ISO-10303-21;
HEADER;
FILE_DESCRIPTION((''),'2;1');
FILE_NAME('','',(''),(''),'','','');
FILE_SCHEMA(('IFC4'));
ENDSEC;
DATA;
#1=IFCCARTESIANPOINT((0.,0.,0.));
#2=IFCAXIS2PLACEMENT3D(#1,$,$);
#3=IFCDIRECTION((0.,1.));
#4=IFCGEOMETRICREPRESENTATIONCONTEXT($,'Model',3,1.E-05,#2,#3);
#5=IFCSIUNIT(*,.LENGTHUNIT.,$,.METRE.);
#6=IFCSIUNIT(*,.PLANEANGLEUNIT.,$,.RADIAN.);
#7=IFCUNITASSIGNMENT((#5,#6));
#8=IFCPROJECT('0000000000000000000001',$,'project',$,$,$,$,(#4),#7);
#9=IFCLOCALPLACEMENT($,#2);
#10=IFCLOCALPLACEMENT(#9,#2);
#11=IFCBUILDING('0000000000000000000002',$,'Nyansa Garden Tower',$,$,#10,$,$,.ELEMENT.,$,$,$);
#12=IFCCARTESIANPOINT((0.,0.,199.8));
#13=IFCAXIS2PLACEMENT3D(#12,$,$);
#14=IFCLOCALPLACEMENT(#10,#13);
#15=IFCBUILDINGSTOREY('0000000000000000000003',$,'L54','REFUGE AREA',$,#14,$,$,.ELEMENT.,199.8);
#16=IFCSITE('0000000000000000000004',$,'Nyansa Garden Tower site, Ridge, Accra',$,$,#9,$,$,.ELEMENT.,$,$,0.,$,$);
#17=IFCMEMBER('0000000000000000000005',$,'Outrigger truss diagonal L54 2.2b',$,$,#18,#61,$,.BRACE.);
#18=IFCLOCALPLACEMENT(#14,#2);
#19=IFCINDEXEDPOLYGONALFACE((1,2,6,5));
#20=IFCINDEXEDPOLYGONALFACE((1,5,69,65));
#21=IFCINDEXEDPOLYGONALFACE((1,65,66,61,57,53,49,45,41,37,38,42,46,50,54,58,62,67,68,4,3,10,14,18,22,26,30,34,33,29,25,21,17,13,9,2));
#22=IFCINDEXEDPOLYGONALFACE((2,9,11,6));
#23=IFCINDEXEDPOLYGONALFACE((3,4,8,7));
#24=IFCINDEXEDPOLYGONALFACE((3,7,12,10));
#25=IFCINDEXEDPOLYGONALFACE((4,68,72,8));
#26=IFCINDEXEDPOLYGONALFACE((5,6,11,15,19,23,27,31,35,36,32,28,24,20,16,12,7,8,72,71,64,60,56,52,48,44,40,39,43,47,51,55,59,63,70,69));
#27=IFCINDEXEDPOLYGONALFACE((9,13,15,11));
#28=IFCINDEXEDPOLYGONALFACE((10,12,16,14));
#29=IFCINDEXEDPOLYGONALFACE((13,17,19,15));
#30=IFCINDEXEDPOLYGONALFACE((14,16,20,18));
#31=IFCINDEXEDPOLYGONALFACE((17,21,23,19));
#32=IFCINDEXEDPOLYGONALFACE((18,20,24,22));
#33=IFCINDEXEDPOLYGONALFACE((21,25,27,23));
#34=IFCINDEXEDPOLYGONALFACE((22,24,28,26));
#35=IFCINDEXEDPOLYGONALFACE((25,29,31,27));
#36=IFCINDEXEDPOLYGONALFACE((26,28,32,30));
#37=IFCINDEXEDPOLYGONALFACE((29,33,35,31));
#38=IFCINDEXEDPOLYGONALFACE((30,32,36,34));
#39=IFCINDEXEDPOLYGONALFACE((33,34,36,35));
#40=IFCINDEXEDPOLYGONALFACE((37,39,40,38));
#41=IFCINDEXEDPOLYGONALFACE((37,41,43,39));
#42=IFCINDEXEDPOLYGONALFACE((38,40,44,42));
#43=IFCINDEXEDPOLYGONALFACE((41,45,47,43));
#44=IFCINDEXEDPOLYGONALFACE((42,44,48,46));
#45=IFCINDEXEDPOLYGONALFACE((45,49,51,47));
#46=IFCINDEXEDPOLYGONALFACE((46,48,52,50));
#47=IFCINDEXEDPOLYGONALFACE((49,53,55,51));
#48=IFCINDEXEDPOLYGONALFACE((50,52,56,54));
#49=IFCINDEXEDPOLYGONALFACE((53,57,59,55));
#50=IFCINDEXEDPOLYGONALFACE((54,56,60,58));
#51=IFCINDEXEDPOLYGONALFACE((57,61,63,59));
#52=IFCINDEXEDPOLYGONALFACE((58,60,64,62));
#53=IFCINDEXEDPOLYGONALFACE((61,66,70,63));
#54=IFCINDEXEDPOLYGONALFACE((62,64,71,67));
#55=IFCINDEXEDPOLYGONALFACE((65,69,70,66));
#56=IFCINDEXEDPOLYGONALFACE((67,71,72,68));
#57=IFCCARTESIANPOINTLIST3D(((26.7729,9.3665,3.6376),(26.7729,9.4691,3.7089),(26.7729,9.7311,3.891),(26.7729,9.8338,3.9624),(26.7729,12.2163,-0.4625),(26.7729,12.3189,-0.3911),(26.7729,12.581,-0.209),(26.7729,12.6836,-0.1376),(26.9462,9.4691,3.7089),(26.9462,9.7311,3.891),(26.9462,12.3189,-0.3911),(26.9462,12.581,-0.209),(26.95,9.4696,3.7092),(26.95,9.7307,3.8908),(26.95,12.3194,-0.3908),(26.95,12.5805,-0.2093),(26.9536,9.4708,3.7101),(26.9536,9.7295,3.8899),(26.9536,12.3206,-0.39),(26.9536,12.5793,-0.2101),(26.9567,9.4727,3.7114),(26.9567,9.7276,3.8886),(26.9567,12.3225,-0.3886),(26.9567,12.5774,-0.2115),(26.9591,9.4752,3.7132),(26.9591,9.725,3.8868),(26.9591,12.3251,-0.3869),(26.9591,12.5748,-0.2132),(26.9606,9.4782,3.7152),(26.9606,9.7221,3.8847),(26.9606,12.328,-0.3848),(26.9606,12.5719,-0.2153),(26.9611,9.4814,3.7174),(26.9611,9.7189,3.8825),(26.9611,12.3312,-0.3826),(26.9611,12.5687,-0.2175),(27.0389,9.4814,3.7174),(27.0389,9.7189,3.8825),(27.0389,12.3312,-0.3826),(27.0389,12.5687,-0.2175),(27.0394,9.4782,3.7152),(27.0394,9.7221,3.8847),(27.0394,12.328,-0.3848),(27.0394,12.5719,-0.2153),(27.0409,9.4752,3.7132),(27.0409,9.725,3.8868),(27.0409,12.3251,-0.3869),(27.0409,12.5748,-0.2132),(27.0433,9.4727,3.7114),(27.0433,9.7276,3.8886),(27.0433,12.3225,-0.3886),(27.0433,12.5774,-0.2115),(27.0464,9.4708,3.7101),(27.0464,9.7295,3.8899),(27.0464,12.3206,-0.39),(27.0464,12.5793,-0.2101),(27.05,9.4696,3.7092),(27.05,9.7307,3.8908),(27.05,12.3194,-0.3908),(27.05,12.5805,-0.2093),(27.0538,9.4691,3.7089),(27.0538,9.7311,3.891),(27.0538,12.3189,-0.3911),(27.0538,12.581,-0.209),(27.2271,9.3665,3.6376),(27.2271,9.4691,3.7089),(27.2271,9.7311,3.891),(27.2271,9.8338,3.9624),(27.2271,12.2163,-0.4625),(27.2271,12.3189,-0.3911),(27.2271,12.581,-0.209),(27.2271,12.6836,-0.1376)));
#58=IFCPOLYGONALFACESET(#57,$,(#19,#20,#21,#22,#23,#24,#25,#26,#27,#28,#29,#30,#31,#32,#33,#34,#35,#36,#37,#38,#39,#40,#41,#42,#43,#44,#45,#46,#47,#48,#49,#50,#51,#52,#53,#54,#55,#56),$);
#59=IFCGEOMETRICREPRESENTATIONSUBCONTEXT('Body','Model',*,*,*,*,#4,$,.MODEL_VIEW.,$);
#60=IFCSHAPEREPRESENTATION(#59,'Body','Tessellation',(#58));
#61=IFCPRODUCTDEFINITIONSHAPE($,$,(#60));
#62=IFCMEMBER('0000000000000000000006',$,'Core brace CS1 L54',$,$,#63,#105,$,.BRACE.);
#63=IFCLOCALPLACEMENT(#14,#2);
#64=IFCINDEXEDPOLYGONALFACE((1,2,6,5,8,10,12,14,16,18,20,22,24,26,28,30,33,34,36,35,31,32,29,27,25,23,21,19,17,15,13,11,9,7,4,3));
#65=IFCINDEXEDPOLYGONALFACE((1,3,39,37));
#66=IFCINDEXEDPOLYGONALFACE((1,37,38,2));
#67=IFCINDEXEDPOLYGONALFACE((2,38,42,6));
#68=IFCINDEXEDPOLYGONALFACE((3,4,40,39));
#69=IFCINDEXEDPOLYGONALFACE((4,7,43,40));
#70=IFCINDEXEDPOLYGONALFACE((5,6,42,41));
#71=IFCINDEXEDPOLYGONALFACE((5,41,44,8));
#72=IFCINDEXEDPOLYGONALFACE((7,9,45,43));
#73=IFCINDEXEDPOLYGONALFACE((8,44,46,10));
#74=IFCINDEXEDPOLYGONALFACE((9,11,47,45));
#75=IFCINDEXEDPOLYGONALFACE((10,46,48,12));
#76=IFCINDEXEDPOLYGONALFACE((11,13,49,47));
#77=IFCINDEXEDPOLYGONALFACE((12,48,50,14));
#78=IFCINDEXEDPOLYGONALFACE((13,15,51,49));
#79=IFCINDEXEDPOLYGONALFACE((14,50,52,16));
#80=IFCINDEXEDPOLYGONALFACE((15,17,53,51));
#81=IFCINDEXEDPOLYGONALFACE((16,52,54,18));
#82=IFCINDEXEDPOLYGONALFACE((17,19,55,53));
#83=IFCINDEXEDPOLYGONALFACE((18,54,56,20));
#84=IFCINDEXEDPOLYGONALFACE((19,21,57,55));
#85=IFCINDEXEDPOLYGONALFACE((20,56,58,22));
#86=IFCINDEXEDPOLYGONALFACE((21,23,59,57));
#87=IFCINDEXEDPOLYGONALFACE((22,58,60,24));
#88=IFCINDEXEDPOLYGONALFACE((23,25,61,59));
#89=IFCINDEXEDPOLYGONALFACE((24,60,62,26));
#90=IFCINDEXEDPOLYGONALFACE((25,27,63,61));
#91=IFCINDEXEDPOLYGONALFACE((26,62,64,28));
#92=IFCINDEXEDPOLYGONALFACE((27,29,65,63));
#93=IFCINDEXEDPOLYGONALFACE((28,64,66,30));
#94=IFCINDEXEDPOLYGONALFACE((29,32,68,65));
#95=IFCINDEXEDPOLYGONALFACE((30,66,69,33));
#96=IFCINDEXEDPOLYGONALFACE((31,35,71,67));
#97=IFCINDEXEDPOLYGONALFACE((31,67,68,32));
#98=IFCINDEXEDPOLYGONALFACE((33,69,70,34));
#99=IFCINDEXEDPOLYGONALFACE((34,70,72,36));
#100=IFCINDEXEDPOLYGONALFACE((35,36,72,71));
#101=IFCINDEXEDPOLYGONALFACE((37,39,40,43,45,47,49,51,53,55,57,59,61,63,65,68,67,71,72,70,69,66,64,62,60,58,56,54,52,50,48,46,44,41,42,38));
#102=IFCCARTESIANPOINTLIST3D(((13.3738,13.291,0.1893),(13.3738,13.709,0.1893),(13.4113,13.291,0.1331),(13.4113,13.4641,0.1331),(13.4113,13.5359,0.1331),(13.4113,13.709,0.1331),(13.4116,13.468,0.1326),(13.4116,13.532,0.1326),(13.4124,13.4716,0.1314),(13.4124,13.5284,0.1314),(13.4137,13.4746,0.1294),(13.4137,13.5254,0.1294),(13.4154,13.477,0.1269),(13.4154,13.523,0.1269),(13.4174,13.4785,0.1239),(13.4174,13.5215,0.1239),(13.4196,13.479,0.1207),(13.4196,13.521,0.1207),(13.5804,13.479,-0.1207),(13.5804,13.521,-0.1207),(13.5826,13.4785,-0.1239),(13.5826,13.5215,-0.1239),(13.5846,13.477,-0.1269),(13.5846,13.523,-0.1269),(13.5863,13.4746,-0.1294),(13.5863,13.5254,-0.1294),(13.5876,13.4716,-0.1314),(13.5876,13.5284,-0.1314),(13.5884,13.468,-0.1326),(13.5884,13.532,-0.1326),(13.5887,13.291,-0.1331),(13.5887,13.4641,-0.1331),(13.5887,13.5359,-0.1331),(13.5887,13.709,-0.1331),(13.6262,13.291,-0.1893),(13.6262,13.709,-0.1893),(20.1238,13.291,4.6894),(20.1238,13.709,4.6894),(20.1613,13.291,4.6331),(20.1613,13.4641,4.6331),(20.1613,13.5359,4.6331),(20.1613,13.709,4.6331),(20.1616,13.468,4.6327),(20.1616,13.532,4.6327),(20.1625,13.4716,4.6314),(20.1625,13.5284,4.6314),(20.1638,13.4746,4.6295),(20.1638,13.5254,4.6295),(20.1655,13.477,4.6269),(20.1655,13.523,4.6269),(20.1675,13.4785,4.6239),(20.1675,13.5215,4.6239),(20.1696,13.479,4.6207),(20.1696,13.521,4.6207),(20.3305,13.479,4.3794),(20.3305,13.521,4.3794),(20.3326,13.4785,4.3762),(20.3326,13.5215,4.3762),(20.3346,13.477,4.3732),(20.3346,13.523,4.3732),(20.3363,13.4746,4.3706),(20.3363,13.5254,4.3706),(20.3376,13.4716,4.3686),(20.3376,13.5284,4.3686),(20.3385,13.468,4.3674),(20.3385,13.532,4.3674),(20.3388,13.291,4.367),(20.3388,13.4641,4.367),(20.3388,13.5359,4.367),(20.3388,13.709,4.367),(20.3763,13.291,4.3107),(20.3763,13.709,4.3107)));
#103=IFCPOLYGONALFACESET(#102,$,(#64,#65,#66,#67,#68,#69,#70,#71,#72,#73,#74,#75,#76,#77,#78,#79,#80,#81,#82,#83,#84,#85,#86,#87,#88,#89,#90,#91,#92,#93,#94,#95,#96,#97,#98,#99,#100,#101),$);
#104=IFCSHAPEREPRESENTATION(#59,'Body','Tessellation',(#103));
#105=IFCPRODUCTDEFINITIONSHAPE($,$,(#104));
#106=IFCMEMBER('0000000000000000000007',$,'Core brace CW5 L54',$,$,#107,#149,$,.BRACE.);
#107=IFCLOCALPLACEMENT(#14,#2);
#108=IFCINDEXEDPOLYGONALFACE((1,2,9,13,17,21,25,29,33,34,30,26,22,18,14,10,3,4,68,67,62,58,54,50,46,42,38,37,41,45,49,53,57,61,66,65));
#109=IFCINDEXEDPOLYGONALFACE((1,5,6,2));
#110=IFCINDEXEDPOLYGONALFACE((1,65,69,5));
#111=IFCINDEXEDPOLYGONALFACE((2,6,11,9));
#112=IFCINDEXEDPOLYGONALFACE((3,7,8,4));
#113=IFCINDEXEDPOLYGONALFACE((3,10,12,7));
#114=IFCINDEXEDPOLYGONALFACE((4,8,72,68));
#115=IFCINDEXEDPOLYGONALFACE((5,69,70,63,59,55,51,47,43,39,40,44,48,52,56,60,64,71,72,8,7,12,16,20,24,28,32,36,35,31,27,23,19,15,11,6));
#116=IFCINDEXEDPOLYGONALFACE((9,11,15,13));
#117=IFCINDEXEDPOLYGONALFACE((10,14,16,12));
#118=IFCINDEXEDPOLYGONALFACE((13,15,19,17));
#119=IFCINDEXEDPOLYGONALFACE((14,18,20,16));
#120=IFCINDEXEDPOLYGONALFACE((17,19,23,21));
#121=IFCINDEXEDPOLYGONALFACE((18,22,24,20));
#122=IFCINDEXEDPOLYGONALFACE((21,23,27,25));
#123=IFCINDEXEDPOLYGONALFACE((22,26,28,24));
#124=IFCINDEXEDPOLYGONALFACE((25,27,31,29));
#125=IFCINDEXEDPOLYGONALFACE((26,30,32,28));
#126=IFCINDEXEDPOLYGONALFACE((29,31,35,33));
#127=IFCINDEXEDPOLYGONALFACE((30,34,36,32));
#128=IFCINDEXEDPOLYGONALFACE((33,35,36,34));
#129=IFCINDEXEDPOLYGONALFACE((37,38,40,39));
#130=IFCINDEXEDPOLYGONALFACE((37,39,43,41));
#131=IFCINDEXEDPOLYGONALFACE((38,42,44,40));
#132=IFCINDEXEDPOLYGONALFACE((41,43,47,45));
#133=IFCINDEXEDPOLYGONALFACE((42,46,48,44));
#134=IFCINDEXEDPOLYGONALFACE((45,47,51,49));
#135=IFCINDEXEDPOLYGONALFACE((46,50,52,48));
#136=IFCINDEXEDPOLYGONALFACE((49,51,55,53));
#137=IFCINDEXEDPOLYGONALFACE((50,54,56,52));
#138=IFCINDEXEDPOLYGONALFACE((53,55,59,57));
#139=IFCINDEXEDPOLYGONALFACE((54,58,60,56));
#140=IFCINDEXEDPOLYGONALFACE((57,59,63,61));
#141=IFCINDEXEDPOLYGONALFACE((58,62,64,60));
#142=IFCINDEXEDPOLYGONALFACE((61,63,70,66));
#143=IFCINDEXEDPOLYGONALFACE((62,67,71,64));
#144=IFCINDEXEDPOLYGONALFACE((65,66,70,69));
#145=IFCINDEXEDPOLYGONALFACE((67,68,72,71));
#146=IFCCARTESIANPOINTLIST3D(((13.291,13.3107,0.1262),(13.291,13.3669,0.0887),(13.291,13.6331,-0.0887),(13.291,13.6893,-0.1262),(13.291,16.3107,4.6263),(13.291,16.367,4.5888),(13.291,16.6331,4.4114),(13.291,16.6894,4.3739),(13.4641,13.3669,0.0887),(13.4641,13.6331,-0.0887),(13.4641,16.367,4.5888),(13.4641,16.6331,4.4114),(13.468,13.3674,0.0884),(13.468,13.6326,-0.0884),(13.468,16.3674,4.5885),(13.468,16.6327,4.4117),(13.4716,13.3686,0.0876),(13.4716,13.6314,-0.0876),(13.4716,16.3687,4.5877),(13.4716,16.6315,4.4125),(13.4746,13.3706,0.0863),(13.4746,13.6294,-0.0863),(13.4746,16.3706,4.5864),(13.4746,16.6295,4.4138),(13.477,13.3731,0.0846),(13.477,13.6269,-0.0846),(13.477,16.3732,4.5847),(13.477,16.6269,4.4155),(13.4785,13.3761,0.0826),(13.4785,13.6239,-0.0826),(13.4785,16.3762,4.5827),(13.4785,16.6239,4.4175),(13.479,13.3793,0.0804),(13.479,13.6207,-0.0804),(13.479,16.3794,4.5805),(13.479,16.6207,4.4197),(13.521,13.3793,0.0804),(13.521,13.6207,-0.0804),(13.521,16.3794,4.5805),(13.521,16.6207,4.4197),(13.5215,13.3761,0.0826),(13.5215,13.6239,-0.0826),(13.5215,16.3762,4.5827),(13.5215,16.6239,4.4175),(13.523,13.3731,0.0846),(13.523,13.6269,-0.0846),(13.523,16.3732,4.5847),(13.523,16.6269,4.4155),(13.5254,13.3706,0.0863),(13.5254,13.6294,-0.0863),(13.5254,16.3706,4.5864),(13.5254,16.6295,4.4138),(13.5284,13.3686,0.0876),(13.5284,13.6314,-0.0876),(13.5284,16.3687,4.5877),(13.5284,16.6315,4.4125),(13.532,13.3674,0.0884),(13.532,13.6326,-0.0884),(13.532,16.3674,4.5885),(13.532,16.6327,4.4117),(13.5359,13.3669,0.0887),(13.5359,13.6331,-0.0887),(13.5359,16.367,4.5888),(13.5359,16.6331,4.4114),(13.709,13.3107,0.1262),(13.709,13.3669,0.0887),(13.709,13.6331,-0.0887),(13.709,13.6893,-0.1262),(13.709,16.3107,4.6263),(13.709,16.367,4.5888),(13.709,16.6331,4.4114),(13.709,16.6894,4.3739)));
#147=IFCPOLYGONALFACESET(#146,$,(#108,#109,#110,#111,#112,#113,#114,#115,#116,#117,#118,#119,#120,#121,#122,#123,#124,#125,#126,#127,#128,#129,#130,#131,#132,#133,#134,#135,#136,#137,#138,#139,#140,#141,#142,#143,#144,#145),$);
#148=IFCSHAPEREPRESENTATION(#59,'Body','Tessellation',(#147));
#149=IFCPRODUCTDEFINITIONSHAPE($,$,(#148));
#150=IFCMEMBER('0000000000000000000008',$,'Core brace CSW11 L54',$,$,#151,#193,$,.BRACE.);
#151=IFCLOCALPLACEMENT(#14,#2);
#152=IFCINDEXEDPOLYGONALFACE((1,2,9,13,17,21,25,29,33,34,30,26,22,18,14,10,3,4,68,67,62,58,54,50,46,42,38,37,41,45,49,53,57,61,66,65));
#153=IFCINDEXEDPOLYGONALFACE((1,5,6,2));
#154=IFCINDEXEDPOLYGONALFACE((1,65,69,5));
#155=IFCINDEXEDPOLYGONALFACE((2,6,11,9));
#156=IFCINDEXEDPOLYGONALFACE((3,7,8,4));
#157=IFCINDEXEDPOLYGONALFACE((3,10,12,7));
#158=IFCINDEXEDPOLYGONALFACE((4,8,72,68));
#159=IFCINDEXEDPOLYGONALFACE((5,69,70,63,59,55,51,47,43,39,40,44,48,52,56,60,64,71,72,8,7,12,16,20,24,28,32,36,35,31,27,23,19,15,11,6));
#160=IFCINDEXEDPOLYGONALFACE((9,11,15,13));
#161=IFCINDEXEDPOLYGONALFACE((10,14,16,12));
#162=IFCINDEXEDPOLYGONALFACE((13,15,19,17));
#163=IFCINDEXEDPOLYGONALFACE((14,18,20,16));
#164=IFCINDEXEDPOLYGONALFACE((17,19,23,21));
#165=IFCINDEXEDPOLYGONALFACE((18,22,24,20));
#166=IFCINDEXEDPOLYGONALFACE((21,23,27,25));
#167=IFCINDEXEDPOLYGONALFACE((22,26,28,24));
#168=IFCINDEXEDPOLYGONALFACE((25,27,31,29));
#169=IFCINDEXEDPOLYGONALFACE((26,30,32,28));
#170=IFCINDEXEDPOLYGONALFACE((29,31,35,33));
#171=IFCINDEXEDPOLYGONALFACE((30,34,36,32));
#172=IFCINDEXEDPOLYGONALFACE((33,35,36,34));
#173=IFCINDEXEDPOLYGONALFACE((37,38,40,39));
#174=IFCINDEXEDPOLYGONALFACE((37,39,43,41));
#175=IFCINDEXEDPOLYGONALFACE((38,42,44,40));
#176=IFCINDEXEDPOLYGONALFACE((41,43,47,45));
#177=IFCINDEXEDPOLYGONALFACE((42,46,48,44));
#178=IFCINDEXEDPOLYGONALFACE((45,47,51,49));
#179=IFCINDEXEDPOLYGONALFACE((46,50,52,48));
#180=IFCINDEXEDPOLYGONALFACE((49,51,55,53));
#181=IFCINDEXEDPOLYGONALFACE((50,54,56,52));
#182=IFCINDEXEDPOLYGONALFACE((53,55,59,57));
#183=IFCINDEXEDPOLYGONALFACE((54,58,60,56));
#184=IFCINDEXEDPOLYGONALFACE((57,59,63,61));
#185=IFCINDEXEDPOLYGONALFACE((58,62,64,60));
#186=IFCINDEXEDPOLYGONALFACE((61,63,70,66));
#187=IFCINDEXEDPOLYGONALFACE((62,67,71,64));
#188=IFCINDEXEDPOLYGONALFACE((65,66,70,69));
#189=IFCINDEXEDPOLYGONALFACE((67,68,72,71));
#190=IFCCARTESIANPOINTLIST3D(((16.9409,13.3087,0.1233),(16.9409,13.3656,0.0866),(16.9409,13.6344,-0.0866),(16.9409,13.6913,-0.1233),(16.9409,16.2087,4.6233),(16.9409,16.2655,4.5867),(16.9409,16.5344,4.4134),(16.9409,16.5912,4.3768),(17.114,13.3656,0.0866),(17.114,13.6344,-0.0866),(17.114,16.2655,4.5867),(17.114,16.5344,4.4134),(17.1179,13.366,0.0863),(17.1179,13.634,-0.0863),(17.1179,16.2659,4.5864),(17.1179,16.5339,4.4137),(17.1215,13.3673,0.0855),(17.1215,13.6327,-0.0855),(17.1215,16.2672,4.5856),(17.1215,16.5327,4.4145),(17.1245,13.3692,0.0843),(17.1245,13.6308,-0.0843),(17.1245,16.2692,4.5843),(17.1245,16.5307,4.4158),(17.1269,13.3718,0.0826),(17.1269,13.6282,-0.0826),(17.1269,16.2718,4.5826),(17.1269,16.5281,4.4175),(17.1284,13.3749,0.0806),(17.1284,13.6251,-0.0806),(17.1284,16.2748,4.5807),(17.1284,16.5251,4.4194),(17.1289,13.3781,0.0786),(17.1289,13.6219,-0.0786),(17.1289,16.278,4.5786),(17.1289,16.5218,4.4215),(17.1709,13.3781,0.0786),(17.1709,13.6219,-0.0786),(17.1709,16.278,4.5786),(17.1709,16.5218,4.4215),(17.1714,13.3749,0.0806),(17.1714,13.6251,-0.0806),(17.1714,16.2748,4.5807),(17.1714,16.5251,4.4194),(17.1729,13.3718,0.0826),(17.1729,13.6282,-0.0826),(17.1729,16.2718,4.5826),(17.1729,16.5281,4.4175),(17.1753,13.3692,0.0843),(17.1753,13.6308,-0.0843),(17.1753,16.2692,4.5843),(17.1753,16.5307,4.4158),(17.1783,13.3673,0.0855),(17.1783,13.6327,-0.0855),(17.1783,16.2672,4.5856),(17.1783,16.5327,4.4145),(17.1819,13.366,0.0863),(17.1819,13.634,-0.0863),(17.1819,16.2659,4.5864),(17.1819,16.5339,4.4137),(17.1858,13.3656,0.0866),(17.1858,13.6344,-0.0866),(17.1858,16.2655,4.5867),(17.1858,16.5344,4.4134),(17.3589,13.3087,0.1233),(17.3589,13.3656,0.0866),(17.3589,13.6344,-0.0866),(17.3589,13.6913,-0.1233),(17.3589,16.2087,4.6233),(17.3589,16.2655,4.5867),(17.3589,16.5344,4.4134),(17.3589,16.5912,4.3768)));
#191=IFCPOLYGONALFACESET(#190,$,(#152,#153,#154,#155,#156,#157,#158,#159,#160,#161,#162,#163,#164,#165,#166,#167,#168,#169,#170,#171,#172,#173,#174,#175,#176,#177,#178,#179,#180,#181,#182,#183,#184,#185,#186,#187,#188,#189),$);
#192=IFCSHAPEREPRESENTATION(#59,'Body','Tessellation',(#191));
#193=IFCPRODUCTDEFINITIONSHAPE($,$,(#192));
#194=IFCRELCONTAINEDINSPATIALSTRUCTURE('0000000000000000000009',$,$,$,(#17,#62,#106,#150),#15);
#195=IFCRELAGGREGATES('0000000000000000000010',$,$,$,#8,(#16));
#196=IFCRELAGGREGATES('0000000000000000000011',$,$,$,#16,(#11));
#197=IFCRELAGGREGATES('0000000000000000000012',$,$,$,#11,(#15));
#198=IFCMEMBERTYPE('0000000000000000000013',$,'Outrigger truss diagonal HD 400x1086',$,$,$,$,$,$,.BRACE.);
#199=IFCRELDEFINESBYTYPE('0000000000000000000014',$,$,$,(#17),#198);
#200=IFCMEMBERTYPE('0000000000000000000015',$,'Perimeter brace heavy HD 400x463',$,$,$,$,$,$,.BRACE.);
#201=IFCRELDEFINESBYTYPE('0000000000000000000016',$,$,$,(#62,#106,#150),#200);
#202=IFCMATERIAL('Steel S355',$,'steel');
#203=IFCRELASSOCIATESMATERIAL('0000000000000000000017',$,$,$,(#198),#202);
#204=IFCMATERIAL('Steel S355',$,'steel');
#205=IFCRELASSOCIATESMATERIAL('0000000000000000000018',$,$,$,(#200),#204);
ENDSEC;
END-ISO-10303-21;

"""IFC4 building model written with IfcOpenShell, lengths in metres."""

from ifc_helpers import new_model, si_unit, direction, frame, origin, origin_2d, place, context, subcontext, project, spatial, i_section, extrude, material, material_profile, profile_set, type_object, element, save


model = new_model("IFC4")

# Units and contexts
model_context = context("Model", 3, precision=1e-05, world=origin(), true_north=direction((0.0, 1.0)))
body_context = subcontext(model_context, "Body", "Model", "MODEL_VIEW")
ifc_project = project(units=[si_unit("LENGTHUNIT", "METRE"), si_unit("PLANEANGLEUNIT", "RADIAN")], contexts=[model_context])

# Site, building, storey
site_placement = place(None, origin())
site = spatial("IfcSite", under=ifc_project, at=site_placement, Name="Nyansa Garden Tower site, Ridge, Accra", CompositionType="ELEMENT", RefElevation=0.0)
building_placement = place(site_placement, origin())
building = spatial("IfcBuilding", under=site, at=building_placement, Name="Nyansa Garden Tower", CompositionType="ELEMENT")
storey_placement = place(building_placement, frame((0.0, 0.0, 199.8)))
storey = spatial("IfcBuildingStorey", under=building, at=storey_placement, Name="L54", Description="REFUGE AREA", CompositionType="ELEMENT", Elevation=199.8)

# Members
ifc_material_1 = material(Name="Steel S355", Category="steel")
ifc_material_profile_1 = material_profile(ifc_material_1, i_section(OverallWidth=0.4541, OverallDepth=0.5691, WebThickness=0.0779, FlangeThickness=0.125, FilletRadius=0.0149, at=origin_2d()), Name="HD 400x1086")
ifc_profile_set_1 = profile_set([ifc_material_profile_1], Name="Steel S355")
member_type_1 = type_object("IfcMemberType", Name="Outrigger truss diagonal HD 400x1086", PredefinedType="BRACE", material=ifc_profile_set_1)
member_1_placement = place(storey_placement, frame((27.0, 12.45, -0.3), z_axis=(0.0, -0.570742, 0.821129), x_axis=(1.0, 0.0, 0.0)))
element("IfcMember", 1, at=member_1_placement, inside=storey, type_object=member_type_1, Name="Outrigger truss diagonal L54 2.2b", PredefinedType="BRACE", context=body_context, shape_type="SweptSolid", body=[
    extrude(i_section(OverallWidth=0.4541, OverallDepth=0.5691, WebThickness=0.0779, FlangeThickness=0.125, FilletRadius=0.0149, at=origin_2d()), origin(), (0.0, 0.0, 1.0), 4.9932),
])
ifc_material_2 = material(Name="Steel S355", Category="steel")
ifc_material_profile_2 = material_profile(ifc_material_2, i_section(OverallWidth=0.418, OverallDepth=0.4551, WebThickness=0.042, FlangeThickness=0.0676, FilletRadius=0.0149, at=origin_2d()), Name="HD 400x463")
ifc_profile_set_2 = profile_set([ifc_material_profile_2], Name="Steel S355")
member_type_2 = type_object("IfcMemberType", Name="Perimeter brace heavy HD 400x463", PredefinedType="BRACE", material=ifc_profile_set_2)
member_2_placement = place(storey_placement, frame((13.5, 13.5, 0.0), z_axis=(0.83205, 0.0, 0.5547), x_axis=(0.0, 1.0, 0.0)))
element("IfcMember", 2, at=member_2_placement, inside=storey, type_object=member_type_2, Name="Core brace CS1 L54", PredefinedType="BRACE", context=body_context, shape_type="SweptSolid", body=[
    extrude(i_section(OverallWidth=0.418, OverallDepth=0.4551, WebThickness=0.042, FlangeThickness=0.0676, FilletRadius=0.0149, at=origin_2d()), origin(), (0.0, 0.0, 1.0), 8.1125),
])
member_3_placement = place(storey_placement, frame((13.5, 13.5, 0.0), z_axis=(0.0, 0.5547, 0.83205), x_axis=(-1.0, 0.0, 0.0)))
element("IfcMember", 3, at=member_3_placement, inside=storey, type_object=member_type_2, Name="Core brace CW5 L54", PredefinedType="BRACE", context=body_context, shape_type="SweptSolid", body=[
    extrude(i_section(OverallWidth=0.418, OverallDepth=0.4551, WebThickness=0.042, FlangeThickness=0.0676, FilletRadius=0.0149, at=origin_2d()), origin(), (0.0, 0.0, 1.0), 5.4084),
])
for number, where, z_axis, x_axis, name in (
    (4, (17.1499, 13.5, 0.0), (0.0, 0.541688, 0.840579), (-1.0, 0.0, 0.0), "Core brace CSW11 L54"),
):
    element("IfcMember", number, at=place(storey_placement, frame(where, z_axis=z_axis, x_axis=x_axis)), inside=storey, type_object=member_type_2, Name=name, PredefinedType="BRACE", context=body_context, shape_type="SweptSolid", body=[
        extrude(i_section(OverallWidth=0.418, OverallDepth=0.4551, WebThickness=0.042, FlangeThickness=0.0676, FilletRadius=0.0149, at=origin_2d()), origin(), (0.0, 0.0, 1.0), 5.3535),
    ])

save(model, "model.ifc")
